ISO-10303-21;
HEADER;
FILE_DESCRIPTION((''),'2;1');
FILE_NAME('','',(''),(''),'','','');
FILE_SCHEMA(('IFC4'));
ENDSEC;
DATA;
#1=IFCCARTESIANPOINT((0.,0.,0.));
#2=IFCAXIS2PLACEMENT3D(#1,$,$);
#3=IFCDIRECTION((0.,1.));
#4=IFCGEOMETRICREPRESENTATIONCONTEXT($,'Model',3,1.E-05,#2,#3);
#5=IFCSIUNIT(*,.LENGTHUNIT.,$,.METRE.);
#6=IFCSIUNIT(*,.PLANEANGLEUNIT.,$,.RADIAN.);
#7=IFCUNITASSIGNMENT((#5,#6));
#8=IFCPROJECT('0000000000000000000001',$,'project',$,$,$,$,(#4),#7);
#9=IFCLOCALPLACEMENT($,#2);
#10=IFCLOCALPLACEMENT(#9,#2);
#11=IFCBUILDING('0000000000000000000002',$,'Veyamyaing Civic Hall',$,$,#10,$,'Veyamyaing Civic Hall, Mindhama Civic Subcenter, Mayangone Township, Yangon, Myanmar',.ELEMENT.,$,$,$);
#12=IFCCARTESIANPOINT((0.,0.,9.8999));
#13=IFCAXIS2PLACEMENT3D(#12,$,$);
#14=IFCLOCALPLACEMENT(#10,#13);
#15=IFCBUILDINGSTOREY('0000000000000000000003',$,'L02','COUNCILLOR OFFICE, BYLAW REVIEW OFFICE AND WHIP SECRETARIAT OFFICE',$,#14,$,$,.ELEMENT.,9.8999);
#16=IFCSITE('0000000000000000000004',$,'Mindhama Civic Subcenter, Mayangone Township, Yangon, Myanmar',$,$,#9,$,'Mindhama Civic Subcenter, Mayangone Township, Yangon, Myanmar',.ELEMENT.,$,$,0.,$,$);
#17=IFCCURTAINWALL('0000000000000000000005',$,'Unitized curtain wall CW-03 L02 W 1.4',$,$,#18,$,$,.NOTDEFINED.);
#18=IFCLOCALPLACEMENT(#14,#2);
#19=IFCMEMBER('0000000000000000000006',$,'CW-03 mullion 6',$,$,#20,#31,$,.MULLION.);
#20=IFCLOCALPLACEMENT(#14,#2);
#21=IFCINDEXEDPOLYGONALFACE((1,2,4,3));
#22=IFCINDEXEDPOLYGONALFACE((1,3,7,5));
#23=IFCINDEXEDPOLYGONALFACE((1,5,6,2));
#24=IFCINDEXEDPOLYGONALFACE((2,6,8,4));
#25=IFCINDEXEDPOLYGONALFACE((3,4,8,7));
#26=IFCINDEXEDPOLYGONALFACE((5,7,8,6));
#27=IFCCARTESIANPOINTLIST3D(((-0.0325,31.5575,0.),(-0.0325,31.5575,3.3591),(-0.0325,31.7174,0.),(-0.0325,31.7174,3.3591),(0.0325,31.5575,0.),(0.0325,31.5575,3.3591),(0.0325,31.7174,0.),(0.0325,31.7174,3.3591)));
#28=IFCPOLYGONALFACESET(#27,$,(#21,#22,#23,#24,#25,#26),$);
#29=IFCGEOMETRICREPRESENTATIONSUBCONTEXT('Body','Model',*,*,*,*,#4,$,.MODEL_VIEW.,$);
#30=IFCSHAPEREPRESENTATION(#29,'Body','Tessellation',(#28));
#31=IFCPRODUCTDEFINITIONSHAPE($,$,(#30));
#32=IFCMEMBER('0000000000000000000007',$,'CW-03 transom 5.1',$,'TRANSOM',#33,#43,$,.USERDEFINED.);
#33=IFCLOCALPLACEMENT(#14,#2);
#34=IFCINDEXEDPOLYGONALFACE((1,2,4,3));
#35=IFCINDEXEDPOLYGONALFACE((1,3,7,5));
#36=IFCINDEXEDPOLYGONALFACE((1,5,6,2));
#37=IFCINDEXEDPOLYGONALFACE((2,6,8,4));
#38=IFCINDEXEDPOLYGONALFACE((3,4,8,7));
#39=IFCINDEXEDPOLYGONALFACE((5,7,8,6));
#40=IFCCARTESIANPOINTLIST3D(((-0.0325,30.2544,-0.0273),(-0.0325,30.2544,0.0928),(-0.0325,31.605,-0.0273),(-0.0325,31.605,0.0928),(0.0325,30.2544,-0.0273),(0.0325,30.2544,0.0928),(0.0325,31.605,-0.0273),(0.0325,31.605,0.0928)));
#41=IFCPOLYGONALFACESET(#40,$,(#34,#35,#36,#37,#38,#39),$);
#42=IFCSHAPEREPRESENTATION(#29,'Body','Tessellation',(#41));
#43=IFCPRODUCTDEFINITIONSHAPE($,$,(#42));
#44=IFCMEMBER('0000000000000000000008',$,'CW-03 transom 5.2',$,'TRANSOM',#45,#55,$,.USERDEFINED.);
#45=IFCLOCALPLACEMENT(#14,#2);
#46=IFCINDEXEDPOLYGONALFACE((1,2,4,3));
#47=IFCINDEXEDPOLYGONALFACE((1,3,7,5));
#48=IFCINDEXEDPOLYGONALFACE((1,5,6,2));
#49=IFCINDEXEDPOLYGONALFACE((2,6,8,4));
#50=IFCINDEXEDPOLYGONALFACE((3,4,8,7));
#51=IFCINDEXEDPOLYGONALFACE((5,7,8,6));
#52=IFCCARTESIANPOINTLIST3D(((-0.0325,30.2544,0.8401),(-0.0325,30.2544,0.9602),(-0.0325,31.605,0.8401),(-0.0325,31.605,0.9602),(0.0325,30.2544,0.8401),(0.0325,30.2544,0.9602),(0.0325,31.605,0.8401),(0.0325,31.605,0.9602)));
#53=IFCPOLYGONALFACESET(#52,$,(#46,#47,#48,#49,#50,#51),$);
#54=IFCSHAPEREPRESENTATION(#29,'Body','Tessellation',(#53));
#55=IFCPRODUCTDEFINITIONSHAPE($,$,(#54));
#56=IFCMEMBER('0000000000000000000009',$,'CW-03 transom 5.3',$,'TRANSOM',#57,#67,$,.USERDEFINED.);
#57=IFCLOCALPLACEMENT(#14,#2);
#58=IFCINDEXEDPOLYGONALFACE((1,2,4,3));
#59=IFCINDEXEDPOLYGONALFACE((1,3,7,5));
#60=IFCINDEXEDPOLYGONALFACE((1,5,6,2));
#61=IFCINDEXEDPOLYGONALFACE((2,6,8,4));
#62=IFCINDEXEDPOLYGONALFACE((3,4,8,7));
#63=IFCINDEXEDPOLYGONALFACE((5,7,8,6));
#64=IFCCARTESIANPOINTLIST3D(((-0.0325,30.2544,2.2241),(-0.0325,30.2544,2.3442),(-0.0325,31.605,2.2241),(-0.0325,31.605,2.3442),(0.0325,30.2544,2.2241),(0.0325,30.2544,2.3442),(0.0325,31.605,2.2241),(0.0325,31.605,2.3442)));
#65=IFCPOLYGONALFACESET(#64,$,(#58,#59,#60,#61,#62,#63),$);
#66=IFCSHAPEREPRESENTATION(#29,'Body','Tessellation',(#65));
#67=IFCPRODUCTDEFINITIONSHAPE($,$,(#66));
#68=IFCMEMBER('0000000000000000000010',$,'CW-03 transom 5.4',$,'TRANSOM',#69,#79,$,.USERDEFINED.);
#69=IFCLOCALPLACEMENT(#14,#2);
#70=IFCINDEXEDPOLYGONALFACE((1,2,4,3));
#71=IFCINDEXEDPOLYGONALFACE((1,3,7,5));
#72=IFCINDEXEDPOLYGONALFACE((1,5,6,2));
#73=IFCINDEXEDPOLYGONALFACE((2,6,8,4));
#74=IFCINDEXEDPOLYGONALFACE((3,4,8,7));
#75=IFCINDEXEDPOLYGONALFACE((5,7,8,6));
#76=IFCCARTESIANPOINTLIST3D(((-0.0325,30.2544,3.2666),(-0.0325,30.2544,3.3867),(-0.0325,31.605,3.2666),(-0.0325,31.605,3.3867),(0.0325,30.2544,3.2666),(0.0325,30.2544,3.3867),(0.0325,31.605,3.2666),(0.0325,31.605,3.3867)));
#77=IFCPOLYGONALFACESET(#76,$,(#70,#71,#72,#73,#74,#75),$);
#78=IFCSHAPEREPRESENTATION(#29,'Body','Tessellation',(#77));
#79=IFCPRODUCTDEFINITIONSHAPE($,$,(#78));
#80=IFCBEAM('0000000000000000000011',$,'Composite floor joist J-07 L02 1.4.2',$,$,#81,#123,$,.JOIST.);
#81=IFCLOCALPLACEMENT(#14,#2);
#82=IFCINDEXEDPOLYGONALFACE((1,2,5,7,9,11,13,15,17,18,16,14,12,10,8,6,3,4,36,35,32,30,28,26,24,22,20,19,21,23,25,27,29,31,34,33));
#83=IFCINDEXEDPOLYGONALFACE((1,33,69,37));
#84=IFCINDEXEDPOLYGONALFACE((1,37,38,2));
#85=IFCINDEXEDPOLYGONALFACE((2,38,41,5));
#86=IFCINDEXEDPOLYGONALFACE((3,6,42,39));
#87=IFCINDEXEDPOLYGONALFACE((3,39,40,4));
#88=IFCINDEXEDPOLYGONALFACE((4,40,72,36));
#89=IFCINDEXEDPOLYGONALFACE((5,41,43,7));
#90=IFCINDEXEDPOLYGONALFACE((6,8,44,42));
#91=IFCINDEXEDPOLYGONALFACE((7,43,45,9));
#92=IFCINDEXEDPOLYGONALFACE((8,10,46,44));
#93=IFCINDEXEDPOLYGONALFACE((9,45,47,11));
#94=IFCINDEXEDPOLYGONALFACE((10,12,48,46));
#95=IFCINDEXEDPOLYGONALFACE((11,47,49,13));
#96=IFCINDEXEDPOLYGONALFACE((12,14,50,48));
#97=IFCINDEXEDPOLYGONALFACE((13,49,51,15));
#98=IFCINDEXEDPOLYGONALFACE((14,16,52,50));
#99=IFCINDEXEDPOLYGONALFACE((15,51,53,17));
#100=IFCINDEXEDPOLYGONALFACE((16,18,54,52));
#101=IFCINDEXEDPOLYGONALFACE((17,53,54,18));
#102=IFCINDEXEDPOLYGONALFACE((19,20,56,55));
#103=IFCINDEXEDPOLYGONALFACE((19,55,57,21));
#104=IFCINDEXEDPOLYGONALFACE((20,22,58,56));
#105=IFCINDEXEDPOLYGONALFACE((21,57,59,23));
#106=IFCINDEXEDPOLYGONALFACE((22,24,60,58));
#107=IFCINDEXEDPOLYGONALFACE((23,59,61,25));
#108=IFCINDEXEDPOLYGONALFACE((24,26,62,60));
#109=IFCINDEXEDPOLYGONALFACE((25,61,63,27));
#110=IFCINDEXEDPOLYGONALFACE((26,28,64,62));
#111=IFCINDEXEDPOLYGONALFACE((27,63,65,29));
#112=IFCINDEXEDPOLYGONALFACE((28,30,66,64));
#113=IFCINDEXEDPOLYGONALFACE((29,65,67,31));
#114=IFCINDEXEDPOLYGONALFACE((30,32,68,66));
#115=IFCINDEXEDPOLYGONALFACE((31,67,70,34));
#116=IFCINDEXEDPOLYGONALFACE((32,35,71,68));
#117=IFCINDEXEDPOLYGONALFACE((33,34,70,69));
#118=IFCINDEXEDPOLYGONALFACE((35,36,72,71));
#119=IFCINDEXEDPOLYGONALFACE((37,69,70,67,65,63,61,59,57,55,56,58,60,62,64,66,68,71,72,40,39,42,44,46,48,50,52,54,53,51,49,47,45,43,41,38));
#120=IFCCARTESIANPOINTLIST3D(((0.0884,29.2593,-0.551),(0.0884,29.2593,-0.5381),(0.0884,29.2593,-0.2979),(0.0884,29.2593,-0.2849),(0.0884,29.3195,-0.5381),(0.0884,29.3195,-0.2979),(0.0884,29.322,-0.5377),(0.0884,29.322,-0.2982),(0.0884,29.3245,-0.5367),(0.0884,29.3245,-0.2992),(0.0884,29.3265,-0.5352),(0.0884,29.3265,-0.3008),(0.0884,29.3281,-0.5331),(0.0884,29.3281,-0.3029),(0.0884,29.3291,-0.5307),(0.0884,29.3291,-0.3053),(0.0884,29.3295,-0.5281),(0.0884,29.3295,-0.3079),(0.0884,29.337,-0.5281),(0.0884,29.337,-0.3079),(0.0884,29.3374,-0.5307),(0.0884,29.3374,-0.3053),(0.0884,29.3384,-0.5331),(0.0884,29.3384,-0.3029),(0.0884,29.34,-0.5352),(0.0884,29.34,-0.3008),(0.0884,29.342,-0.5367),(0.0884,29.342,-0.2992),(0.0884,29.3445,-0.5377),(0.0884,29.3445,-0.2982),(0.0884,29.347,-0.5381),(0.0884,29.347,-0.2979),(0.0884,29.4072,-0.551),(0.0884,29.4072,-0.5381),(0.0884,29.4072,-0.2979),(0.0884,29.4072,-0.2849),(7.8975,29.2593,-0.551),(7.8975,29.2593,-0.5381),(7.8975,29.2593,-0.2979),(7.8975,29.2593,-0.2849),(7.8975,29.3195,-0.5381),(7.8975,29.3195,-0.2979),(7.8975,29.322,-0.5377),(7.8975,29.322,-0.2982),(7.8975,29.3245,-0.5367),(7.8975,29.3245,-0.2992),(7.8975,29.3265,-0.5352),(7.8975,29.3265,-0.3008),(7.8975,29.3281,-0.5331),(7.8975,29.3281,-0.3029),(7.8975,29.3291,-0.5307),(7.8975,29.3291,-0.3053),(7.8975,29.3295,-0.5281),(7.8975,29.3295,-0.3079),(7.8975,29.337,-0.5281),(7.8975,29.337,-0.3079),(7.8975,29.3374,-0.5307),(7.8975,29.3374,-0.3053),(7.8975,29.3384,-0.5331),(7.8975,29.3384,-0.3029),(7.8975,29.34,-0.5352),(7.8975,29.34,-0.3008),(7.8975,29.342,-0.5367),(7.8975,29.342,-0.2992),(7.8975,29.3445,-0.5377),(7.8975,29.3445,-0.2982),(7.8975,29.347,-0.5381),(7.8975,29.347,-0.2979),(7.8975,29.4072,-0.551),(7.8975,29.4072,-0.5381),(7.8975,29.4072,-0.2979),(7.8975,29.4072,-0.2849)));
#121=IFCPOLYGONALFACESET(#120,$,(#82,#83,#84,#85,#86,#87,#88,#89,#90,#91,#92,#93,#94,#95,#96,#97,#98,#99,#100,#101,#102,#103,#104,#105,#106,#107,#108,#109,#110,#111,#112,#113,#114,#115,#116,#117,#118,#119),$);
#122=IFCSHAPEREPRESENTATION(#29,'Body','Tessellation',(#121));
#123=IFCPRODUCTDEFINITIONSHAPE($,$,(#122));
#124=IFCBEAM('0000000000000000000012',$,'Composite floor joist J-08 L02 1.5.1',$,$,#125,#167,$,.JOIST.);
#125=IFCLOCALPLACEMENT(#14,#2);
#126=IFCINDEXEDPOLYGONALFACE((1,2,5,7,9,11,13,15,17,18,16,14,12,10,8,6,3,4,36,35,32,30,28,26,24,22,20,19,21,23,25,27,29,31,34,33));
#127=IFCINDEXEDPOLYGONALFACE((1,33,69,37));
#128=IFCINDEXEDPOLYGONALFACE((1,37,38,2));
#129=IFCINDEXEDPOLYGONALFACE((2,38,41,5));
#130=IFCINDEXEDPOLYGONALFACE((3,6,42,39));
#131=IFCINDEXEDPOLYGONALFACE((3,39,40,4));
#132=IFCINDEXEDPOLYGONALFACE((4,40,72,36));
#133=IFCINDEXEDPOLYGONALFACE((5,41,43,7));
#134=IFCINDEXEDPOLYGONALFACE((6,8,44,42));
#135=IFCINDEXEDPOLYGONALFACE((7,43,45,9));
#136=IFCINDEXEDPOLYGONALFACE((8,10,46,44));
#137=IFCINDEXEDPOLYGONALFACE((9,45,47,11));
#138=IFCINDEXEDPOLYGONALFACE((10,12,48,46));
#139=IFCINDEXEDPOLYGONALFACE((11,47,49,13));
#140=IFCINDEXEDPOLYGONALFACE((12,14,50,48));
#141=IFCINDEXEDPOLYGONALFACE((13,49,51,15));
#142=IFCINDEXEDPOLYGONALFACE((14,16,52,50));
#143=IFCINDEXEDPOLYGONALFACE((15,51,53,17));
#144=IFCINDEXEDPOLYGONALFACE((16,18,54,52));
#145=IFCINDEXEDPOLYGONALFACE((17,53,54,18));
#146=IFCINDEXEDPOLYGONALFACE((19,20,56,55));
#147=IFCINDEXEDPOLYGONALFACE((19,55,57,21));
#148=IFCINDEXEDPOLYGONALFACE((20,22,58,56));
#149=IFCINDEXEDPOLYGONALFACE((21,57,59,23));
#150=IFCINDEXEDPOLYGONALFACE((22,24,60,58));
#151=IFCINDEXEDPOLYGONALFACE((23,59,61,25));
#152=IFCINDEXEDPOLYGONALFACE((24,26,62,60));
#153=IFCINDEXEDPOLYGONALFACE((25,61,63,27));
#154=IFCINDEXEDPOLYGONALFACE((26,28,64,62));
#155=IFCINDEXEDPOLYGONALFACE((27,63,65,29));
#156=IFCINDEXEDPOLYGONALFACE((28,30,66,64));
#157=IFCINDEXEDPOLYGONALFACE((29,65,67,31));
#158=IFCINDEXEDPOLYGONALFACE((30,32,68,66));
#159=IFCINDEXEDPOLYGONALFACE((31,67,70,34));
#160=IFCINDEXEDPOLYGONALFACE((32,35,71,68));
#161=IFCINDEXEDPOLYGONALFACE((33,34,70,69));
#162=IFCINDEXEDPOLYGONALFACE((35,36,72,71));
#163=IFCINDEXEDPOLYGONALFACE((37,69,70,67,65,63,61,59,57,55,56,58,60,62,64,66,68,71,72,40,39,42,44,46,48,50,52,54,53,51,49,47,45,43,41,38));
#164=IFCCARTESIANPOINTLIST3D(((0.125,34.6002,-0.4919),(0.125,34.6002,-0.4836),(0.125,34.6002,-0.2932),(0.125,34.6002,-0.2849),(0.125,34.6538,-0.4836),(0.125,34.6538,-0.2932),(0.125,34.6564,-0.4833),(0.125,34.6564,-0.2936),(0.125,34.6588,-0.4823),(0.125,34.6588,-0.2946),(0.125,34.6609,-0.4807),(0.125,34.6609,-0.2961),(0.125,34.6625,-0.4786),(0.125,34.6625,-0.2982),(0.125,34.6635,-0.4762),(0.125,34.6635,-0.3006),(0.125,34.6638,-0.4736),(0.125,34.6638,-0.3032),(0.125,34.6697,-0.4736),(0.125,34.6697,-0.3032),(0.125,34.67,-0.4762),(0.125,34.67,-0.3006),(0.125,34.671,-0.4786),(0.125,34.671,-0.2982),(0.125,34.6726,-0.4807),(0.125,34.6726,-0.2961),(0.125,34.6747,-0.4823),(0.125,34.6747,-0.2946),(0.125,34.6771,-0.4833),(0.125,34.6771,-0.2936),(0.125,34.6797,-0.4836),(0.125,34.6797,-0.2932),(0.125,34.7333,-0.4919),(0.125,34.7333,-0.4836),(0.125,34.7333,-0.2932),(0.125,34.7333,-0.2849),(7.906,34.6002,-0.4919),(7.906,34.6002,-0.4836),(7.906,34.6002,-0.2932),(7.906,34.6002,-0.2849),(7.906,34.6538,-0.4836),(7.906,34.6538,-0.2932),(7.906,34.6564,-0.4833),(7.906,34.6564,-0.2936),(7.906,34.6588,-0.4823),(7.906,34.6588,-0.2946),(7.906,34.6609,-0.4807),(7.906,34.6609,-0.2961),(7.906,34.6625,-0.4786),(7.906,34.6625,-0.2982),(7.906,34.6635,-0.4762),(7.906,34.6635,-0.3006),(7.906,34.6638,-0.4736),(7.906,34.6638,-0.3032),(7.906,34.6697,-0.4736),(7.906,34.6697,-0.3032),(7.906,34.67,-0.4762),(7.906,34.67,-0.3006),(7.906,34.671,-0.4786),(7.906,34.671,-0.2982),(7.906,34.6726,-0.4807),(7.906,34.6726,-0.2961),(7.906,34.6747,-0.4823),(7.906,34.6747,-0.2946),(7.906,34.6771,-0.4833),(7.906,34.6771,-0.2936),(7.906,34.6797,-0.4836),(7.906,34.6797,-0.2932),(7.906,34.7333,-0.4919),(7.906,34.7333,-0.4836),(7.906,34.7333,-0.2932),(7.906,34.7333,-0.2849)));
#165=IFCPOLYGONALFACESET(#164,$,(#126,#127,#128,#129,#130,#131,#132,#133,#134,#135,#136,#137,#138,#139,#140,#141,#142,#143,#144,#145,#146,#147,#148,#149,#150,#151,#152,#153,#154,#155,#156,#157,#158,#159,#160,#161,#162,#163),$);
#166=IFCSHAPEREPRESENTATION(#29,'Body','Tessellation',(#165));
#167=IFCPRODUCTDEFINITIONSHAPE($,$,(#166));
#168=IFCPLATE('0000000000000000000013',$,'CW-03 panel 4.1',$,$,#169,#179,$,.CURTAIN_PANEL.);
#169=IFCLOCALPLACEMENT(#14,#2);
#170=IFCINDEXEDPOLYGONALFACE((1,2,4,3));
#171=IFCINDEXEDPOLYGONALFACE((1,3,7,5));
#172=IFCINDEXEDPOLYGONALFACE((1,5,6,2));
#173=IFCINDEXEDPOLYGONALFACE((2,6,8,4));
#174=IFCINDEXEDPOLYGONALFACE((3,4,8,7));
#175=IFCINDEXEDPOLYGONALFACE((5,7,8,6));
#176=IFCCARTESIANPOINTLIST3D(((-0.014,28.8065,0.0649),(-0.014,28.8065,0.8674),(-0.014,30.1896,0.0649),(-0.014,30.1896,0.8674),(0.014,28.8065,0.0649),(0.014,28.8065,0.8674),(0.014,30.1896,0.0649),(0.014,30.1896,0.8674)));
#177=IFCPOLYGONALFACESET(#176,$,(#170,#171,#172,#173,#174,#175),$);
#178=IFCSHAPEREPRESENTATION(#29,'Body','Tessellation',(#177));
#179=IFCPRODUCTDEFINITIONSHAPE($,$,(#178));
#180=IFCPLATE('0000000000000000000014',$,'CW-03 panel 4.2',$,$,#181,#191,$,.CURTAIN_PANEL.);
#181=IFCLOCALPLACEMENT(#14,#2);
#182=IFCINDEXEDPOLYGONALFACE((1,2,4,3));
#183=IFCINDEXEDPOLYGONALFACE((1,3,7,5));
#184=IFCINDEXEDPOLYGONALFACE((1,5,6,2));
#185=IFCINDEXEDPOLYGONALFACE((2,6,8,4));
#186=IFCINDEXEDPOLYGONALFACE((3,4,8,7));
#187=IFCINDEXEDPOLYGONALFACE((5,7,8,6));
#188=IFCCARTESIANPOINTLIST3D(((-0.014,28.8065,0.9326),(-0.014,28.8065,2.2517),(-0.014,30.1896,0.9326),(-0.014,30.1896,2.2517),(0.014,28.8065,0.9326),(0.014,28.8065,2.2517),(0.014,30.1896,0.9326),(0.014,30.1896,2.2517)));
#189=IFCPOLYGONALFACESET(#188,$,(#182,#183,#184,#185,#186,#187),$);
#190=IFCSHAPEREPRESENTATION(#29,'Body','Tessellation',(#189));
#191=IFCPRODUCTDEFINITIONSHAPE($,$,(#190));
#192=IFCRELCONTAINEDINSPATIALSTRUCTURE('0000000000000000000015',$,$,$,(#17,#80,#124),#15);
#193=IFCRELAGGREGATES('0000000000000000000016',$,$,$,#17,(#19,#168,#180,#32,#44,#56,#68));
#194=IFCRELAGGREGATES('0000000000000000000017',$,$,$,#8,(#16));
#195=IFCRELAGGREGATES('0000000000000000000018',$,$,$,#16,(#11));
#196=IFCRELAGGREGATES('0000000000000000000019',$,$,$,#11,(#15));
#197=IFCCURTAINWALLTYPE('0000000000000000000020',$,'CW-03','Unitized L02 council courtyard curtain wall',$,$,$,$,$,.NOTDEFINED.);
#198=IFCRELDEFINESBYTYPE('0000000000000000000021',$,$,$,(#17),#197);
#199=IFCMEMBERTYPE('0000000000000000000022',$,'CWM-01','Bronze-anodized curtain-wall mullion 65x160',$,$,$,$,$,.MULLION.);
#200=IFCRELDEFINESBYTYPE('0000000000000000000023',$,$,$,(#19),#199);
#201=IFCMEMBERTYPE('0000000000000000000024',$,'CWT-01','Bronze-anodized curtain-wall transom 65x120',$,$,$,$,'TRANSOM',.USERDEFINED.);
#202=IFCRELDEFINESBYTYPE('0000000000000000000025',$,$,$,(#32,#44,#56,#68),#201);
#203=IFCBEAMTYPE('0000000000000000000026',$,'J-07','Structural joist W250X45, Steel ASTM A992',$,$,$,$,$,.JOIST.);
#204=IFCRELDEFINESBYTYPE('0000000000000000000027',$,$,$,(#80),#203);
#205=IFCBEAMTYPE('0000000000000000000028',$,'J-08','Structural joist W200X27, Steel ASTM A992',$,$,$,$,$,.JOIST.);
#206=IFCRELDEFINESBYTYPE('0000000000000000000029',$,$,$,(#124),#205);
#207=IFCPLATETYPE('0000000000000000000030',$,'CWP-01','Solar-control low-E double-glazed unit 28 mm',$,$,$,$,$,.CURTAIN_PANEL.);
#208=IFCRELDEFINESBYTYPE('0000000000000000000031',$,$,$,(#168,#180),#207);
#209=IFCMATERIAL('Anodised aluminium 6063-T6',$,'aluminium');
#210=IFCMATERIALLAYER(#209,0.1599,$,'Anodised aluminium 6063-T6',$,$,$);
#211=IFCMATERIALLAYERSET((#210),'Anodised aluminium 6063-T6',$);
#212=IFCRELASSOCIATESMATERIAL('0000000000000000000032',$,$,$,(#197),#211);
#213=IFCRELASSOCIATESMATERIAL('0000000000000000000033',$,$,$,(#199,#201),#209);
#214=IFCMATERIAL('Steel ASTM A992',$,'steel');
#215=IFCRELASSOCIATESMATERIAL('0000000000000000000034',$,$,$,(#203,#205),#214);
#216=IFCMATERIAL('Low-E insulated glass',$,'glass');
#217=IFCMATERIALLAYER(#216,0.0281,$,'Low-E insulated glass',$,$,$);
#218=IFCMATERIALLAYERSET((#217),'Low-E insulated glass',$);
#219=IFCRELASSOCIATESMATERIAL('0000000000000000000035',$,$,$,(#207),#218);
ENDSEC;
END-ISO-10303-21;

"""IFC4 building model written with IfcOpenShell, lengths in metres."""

from ifc_helpers import new_model, si_unit, direction, frame, origin, origin_2d, place, context, subcontext, project, spatial, rectangle, i_section, extrude, material, layer, layer_set, material_profile, profile_set, type_object, element, aggregate, save


model = new_model("IFC4")

# Units and contexts
model_context = context("Model", 3, precision=1e-05, world=origin(), true_north=direction((0.0, 1.0)))
body_context = subcontext(model_context, "Body", "Model", "MODEL_VIEW")
ifc_project = project(units=[si_unit("LENGTHUNIT", "METRE"), si_unit("PLANEANGLEUNIT", "RADIAN")], contexts=[model_context])

# Site, building, storey
site_placement = place(None, origin())
site = spatial("IfcSite", under=ifc_project, at=site_placement, Name="Mindhama Civic Subcenter, Mayangone Township, Yangon, Myanmar", LongName="Mindhama Civic Subcenter, Mayangone Township, Yangon, Myanmar", CompositionType="ELEMENT", RefElevation=0.0)
building_placement = place(site_placement, origin())
building = spatial("IfcBuilding", under=site, at=building_placement, Name="Veyamyaing Civic Hall", LongName="Veyamyaing Civic Hall, Mindhama Civic Subcenter, Mayangone Township, Yangon, Myanmar", CompositionType="ELEMENT")
storey_placement = place(building_placement, frame((0.0, 0.0, 9.8999)))
storey = spatial("IfcBuildingStorey", under=building, at=storey_placement, Name="L02", Description="COUNCILLOR OFFICE, BYLAW REVIEW OFFICE AND WHIP SECRETARIAT OFFICE", CompositionType="ELEMENT", Elevation=9.8999)

# Shared definitions
ifc_material_1 = material(Name="Steel ASTM A992", Category="steel")

# Curtain wall, members
ifc_material_2 = material(Name="Anodised aluminium 6063-T6", Category="aluminium")
ifc_layer_1 = layer(ifc_material_2, 0.1599, Name="Anodised aluminium 6063-T6")
ifc_layer_set_1 = layer_set([ifc_layer_1], Name="Anodised aluminium 6063-T6")
curtain_wall_type = type_object("IfcCurtainWallType", Name="CW-03", Description="Unitized L02 council courtyard curtain wall", PredefinedType="NOTDEFINED", material=ifc_layer_set_1)
curtain_wall_placement = place(storey_placement, origin())
curtain_wall = element("IfcCurtainWall", 1, at=curtain_wall_placement, inside=storey, type_object=curtain_wall_type, Name="Unitized curtain wall CW-03 L02 W 1.4", PredefinedType="NOTDEFINED")
ifc_material_profile_1 = material_profile(ifc_material_2, rectangle(XDim=0.0649, YDim=0.1599, at=origin_2d()), Name="ALU-MUL-65X160")
ifc_profile_set_1 = profile_set([ifc_material_profile_1], Name="Anodised aluminium 6063-T6")
member_type_1 = type_object("IfcMemberType", Name="CWM-01", Description="Bronze-anodized curtain-wall mullion 65x160", PredefinedType="MULLION", material=ifc_profile_set_1)
member_1_placement = place(storey_placement, frame((0.0, 31.6375, 0.0), z_axis=(0.0, 0.0, 1.0), x_axis=(-1.0, 0.0, 0.0)))
member_1 = element("IfcMember", 2, at=member_1_placement, type_object=member_type_1, Name="CW-03 mullion 6", PredefinedType="MULLION", context=body_context, shape_type="SweptSolid", body=[
    extrude(rectangle(XDim=0.0649, YDim=0.1599, at=origin_2d()), origin(), (0.0, 0.0, 1.0), 3.3591),
])
ifc_material_profile_2 = material_profile(ifc_material_2, rectangle(XDim=0.0649, YDim=0.1201, at=origin_2d()), Name="ALU-TRN-65X120")
ifc_profile_set_2 = profile_set([ifc_material_profile_2], Name="Anodised aluminium 6063-T6")
member_type_2 = type_object("IfcMemberType", Name="CWT-01", Description="Bronze-anodized curtain-wall transom 65x120", ElementType="TRANSOM", PredefinedType="USERDEFINED", material=ifc_profile_set_2)
member_2_placement = place(storey_placement, frame((0.0, 30.2544, 0.0327), z_axis=(0.0, 1.0, 0.0), x_axis=(-1.0, 0.0, 0.0)))
member_2 = element("IfcMember", 3, at=member_2_placement, type_object=member_type_2, Name="CW-03 transom 5.1", ObjectType="TRANSOM", PredefinedType="USERDEFINED", context=body_context, shape_type="SweptSolid", body=[
    extrude(rectangle(XDim=0.0649, YDim=0.1201, at=origin_2d()), origin(), (0.0, 0.0, 1.0), 1.3506),
])
member_3_placement = place(storey_placement, frame((0.0, 30.2544, 0.9001), z_axis=(0.0, 1.0, 0.0), x_axis=(-1.0, 0.0, 0.0)))
member_3 = element("IfcMember", 4, at=member_3_placement, type_object=member_type_2, Name="CW-03 transom 5.2", ObjectType="TRANSOM", PredefinedType="USERDEFINED", context=body_context, shape_type="SweptSolid", body=[
    extrude(rectangle(XDim=0.0649, YDim=0.1201, at=origin_2d()), origin(), (0.0, 0.0, 1.0), 1.3506),
])
member_4_placement = place(storey_placement, frame((0.0, 30.2544, 2.2842), z_axis=(0.0, 1.0, 0.0), x_axis=(-1.0, 0.0, 0.0)))
member_4 = element("IfcMember", 5, at=member_4_placement, type_object=member_type_2, Name="CW-03 transom 5.3", ObjectType="TRANSOM", PredefinedType="USERDEFINED", context=body_context, shape_type="SweptSolid", body=[
    extrude(rectangle(XDim=0.0649, YDim=0.1201, at=origin_2d()), origin(), (0.0, 0.0, 1.0), 1.3506),
])
member_5_placement = place(storey_placement, frame((0.0, 30.2544, 3.3267), z_axis=(0.0, 1.0, 0.0), x_axis=(-1.0, 0.0, 0.0)))
member_5 = element("IfcMember", 6, at=member_5_placement, type_object=member_type_2, Name="CW-03 transom 5.4", ObjectType="TRANSOM", PredefinedType="USERDEFINED", context=body_context, shape_type="SweptSolid", body=[
    extrude(rectangle(XDim=0.0649, YDim=0.1201, at=origin_2d()), origin(), (0.0, 0.0, 1.0), 1.3506),
])

# Beams
ifc_material_profile_3 = material_profile(ifc_material_1, i_section(OverallWidth=0.1479, OverallDepth=0.2661, WebThickness=0.0076, FlangeThickness=0.0129, FilletRadius=0.01, at=origin_2d()), Name="W250X45")
ifc_profile_set_3 = profile_set([ifc_material_profile_3], Name="Steel ASTM A992")
beam_type_1 = type_object("IfcBeamType", Name="J-07", Description="Structural joist W250X45, Steel ASTM A992", PredefinedType="JOIST", material=ifc_profile_set_3)
beam_1_placement = place(storey_placement, frame((0.0884, 29.3333, -0.418), z_axis=(1.0, 0.0, 0.0), x_axis=(0.0, 1.0, 0.0)))
element("IfcBeam", 7, at=beam_1_placement, inside=storey, type_object=beam_type_1, Name="Composite floor joist J-07 L02 1.4.2", PredefinedType="JOIST", context=body_context, shape_type="SweptSolid", body=[
    extrude(i_section(OverallWidth=0.1479, OverallDepth=0.2661, WebThickness=0.0076, FlangeThickness=0.0129, FilletRadius=0.01, at=origin_2d()), origin(), (0.0, 0.0, 1.0), 7.8091),
])
ifc_material_profile_4 = material_profile(ifc_material_1, i_section(OverallWidth=0.1331, OverallDepth=0.207, WebThickness=0.0059, FlangeThickness=0.0083, FilletRadius=0.01, at=origin_2d()), Name="W200X27")
ifc_profile_set_4 = profile_set([ifc_material_profile_4], Name="Steel ASTM A992")
beam_type_2 = type_object("IfcBeamType", Name="J-08", Description="Structural joist W200X27, Steel ASTM A992", PredefinedType="JOIST", material=ifc_profile_set_4)
beam_2_placement = place(storey_placement, frame((0.125, 34.6667, -0.3884), z_axis=(1.0, 0.0, 0.0), x_axis=(0.0, 1.0, 0.0)))
element("IfcBeam", 8, at=beam_2_placement, inside=storey, type_object=beam_type_2, Name="Composite floor joist J-08 L02 1.5.1", PredefinedType="JOIST", context=body_context, shape_type="SweptSolid", body=[
    extrude(i_section(OverallWidth=0.1331, OverallDepth=0.207, WebThickness=0.0059, FlangeThickness=0.0083, FilletRadius=0.01, at=origin_2d()), origin(), (0.0, 0.0, 1.0), 7.781),
])

# Plates
ifc_material_3 = material(Name="Low-E insulated glass", Category="glass")
ifc_layer_2 = layer(ifc_material_3, 0.0281, Name="Low-E insulated glass")
ifc_layer_set_2 = layer_set([ifc_layer_2], Name="Low-E insulated glass")
plate_type = type_object("IfcPlateType", Name="CWP-01", Description="Solar-control low-E double-glazed unit 28 mm", PredefinedType="CURTAIN_PANEL", material=ifc_layer_set_2)
plate_1_placement = place(storey_placement, frame((0.0, 29.498, 0.0649), z_axis=(0.0, 0.0, 1.0), x_axis=(0.0, 1.0, 0.0)))
plate_1 = element("IfcPlate", 9, at=plate_1_placement, type_object=plate_type, Name="CW-03 panel 4.1", PredefinedType="CURTAIN_PANEL", context=body_context, shape_type="SweptSolid", body=[
    extrude(rectangle(XDim=1.3831, YDim=0.0281, at=origin_2d()), origin(), (0.0, 0.0, 1.0), 0.8025),
])
plate_2_placement = place(storey_placement, frame((0.0, 29.498, 0.9326), z_axis=(0.0, 0.0, 1.0), x_axis=(0.0, 1.0, 0.0)))
plate_2 = element("IfcPlate", 10, at=plate_2_placement, type_object=plate_type, Name="CW-03 panel 4.2", PredefinedType="CURTAIN_PANEL", context=body_context, shape_type="SweptSolid", body=[
    extrude(rectangle(XDim=1.3831, YDim=0.0281, at=origin_2d()), origin(), (0.0, 0.0, 1.0), 1.3191),
])
aggregate(curtain_wall, [member_1, plate_1, plate_2, member_2, member_3, member_4, member_5])

save(model, "model.ifc")
